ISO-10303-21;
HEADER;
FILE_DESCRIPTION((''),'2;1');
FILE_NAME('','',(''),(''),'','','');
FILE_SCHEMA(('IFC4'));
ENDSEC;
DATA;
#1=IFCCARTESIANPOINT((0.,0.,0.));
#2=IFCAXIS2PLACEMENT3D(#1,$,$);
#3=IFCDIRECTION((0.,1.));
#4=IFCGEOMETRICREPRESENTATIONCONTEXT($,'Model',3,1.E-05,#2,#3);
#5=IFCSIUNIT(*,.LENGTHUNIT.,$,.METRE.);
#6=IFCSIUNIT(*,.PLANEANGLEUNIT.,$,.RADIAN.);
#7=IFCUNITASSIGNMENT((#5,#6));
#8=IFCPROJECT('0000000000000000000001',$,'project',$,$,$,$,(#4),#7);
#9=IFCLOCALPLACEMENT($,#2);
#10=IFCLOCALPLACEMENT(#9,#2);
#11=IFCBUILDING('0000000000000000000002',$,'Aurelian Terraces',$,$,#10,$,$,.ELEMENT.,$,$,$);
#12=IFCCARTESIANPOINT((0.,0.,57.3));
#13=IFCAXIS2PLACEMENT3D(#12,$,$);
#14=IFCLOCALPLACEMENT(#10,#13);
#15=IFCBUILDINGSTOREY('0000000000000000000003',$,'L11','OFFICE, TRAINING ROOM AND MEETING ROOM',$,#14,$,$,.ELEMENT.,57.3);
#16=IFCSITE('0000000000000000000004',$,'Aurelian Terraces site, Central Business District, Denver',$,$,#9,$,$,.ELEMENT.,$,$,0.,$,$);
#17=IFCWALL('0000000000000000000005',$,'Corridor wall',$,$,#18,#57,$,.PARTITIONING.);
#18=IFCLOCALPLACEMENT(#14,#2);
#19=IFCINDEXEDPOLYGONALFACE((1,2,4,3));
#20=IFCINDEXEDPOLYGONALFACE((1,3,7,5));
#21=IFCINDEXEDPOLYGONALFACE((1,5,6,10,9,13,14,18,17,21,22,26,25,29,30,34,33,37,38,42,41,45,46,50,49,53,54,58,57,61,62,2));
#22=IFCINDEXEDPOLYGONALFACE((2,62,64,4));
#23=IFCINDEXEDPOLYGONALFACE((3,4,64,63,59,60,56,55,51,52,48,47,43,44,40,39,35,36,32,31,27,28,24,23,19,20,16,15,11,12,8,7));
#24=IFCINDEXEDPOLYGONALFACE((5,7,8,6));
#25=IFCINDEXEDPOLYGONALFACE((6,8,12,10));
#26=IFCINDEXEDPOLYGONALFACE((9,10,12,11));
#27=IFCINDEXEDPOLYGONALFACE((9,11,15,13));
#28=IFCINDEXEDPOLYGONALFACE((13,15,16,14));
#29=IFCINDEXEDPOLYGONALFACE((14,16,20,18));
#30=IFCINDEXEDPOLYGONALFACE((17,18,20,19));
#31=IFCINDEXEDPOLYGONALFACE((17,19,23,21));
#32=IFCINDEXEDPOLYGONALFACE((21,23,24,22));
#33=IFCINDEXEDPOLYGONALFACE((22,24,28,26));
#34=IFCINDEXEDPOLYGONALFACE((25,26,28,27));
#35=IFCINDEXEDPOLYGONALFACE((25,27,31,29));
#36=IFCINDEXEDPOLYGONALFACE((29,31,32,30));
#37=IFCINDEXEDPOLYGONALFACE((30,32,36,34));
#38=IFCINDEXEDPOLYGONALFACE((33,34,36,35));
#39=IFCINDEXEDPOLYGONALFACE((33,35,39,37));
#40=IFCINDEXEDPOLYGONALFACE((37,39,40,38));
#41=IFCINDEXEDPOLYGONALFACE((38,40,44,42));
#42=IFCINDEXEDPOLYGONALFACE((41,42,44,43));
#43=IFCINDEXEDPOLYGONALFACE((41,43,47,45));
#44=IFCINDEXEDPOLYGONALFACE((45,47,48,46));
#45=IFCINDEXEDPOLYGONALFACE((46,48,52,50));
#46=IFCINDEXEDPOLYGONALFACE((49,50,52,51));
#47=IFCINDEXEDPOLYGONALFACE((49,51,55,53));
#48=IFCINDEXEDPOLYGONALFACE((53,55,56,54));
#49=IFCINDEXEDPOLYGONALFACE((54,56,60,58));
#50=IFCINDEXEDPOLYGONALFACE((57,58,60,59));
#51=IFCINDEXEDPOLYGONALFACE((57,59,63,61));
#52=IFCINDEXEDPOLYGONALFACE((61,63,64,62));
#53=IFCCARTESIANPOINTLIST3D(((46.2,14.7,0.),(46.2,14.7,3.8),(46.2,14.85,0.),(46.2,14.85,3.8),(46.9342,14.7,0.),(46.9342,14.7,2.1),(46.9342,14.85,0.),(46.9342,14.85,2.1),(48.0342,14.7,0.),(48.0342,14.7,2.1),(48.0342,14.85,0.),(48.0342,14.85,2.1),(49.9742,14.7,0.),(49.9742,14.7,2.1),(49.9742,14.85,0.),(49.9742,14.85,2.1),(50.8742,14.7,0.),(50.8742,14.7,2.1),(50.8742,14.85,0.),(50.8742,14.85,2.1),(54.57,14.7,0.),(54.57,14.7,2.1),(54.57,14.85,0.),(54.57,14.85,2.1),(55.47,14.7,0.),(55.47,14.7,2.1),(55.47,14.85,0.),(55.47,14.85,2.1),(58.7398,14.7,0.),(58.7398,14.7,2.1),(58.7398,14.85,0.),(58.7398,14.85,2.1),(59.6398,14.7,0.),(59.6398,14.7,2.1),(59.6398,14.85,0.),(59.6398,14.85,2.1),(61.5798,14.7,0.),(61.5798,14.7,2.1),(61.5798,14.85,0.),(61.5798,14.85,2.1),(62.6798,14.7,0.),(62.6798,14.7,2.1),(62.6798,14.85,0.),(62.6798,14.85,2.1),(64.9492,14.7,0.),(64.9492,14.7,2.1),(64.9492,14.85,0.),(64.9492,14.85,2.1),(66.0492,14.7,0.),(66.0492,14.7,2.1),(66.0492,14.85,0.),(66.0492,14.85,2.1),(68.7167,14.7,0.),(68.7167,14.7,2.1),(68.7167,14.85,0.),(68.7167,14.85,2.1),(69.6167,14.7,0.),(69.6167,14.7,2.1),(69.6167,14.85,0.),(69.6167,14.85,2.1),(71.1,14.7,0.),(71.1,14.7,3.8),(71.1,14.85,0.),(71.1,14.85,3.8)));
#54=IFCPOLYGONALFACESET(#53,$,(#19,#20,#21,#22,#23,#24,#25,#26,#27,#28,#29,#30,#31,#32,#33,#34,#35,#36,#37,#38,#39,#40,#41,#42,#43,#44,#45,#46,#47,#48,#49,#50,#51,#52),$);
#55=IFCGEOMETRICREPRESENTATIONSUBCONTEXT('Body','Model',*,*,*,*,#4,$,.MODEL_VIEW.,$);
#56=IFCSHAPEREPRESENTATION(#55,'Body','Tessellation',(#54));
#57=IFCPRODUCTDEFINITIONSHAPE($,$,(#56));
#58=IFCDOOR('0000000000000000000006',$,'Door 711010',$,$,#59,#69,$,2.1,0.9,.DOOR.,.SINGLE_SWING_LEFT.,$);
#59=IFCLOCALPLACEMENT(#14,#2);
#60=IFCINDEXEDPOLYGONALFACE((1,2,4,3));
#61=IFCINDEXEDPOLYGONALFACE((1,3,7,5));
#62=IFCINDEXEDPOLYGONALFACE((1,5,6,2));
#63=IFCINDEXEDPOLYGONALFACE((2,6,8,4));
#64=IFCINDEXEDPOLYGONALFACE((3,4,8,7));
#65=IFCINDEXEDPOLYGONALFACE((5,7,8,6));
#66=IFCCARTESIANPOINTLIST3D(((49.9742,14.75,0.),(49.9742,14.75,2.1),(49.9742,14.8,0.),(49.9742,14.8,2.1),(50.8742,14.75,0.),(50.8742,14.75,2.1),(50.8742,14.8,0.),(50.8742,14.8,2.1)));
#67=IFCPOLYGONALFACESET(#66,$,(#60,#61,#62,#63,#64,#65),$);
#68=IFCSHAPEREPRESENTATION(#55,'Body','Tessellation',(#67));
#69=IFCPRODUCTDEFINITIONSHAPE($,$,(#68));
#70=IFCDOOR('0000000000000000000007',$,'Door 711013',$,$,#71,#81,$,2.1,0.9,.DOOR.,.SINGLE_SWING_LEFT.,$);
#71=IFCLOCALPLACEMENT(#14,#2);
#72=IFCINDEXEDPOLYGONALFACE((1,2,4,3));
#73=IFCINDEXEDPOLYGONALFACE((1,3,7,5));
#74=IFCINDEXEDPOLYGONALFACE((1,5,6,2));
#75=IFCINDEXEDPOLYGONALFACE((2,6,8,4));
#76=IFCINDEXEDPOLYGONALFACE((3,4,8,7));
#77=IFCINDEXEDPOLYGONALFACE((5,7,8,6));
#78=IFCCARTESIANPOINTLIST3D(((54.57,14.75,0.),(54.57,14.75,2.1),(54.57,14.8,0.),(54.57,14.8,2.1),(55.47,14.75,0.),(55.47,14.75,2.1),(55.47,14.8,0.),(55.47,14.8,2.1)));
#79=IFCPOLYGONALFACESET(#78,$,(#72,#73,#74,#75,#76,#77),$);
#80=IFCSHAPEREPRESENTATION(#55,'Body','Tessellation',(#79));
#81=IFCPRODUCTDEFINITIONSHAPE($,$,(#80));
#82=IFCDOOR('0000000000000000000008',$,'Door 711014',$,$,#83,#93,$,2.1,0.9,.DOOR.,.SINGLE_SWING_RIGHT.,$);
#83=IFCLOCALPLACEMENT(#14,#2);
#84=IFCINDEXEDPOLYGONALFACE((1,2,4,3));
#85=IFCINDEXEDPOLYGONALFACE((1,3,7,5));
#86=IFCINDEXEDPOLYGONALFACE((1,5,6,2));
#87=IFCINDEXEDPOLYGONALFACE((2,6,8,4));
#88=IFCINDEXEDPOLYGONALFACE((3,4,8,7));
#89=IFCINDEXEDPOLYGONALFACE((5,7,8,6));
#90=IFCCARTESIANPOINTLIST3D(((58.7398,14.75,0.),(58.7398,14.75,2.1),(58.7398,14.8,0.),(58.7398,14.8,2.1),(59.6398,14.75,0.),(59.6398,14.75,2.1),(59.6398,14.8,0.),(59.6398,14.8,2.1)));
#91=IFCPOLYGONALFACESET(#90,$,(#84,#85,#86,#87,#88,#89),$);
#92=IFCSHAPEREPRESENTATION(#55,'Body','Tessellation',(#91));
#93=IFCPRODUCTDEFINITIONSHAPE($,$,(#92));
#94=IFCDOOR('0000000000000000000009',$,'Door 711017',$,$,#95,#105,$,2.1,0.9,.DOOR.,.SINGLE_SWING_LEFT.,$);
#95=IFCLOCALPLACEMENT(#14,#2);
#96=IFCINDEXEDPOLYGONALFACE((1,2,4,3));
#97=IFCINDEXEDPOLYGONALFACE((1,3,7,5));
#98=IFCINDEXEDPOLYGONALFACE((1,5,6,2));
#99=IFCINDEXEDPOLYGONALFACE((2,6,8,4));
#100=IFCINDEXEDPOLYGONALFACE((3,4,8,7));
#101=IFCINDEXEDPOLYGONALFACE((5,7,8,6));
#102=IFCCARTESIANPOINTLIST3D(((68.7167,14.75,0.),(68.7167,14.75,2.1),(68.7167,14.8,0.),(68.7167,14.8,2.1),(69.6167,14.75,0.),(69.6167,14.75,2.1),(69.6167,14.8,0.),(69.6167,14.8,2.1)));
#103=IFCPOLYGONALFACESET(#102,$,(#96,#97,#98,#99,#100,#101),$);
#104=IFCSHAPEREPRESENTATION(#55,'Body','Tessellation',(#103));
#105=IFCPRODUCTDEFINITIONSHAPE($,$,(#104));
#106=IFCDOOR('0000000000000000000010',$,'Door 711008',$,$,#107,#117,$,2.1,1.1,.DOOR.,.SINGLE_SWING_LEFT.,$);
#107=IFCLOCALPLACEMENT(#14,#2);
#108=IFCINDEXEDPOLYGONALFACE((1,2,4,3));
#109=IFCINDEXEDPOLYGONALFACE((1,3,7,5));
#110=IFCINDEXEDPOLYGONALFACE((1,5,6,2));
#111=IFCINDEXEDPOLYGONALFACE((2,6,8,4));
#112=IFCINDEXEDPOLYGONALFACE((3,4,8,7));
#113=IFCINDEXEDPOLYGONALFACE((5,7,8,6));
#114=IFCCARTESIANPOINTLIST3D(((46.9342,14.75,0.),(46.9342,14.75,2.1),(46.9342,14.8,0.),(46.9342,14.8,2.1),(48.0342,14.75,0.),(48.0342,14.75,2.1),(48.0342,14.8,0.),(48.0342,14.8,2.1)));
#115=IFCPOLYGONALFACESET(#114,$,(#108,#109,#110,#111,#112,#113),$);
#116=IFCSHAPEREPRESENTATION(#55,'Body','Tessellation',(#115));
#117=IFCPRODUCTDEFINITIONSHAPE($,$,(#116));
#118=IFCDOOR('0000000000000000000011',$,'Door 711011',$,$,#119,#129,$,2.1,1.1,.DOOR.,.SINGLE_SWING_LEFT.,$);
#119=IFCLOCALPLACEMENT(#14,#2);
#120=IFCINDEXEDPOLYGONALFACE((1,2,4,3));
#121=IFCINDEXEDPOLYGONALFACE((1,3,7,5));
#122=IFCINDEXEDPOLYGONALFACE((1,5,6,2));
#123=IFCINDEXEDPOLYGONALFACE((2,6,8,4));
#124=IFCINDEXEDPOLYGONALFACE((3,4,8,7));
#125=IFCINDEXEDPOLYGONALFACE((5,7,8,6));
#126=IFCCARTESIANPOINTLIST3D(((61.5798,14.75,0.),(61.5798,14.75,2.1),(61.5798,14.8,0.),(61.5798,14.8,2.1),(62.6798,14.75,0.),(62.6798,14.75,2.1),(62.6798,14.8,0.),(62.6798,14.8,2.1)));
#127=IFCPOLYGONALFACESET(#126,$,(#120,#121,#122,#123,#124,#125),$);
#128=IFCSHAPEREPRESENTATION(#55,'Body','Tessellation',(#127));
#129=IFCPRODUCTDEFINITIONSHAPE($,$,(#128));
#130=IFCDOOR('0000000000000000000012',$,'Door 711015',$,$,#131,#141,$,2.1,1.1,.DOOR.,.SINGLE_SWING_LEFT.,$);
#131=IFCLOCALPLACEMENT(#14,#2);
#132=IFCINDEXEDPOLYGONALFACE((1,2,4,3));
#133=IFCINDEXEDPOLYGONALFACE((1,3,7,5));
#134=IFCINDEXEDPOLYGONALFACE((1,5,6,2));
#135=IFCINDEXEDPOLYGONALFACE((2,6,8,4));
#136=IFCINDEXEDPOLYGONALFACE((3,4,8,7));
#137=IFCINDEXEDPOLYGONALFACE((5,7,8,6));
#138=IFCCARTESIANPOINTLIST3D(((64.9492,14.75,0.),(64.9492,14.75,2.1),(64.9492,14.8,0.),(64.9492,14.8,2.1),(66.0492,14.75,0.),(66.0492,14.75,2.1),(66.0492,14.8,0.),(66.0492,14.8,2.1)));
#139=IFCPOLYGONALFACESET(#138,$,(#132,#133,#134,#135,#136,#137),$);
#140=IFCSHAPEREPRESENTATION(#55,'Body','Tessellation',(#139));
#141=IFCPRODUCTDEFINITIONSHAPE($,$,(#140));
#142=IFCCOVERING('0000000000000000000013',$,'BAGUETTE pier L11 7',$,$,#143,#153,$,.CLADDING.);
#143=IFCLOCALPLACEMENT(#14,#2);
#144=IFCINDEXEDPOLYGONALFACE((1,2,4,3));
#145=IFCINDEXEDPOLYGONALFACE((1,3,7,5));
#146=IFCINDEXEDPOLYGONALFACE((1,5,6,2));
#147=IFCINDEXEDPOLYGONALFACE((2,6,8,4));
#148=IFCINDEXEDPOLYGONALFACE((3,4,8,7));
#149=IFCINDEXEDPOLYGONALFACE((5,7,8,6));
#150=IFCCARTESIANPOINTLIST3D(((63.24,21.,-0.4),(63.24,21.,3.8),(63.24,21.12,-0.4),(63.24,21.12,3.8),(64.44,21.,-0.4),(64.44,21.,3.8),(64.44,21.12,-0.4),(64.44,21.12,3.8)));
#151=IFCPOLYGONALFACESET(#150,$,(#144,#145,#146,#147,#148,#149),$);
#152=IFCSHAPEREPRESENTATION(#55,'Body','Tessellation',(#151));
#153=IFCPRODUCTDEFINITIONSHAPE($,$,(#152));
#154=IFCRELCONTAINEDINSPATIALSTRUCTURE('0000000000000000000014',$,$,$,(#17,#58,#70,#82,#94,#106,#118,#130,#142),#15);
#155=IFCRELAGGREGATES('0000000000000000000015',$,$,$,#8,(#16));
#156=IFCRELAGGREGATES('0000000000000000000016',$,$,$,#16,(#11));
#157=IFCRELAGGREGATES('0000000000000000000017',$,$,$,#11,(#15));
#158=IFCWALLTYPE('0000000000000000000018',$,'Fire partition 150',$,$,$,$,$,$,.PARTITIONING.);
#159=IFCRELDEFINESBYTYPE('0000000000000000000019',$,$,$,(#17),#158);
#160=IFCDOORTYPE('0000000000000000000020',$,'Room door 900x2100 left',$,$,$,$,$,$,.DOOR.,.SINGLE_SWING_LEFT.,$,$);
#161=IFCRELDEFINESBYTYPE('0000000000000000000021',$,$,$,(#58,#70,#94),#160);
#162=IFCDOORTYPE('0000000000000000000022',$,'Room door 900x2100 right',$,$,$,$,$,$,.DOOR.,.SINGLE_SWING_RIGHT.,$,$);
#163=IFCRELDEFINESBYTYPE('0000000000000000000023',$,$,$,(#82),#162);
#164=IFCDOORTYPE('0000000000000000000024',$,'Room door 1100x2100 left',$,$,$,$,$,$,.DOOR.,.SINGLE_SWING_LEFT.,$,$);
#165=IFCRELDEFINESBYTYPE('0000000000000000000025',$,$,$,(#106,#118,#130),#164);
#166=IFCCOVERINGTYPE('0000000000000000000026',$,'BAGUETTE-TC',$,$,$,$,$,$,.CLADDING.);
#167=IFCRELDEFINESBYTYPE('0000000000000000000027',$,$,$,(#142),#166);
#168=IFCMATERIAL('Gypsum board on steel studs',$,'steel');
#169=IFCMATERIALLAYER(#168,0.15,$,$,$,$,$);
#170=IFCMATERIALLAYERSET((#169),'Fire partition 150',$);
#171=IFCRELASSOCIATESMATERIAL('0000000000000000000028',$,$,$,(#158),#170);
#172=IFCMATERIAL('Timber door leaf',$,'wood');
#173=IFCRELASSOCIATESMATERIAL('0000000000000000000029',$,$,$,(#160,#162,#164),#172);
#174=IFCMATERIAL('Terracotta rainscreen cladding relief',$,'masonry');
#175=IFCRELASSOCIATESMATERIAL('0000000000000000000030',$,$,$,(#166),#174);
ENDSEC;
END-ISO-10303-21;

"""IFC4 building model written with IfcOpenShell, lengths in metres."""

from ifc_helpers import new_model, si_unit, direction, frame, frame_2d, origin, origin_2d, place, context, subcontext, project, spatial, rectangle, extrude, source, transform, mapped, material, layer, layer_set, type_object, element, fill, save


model = new_model("IFC4")

# Units and contexts
model_context = context("Model", 3, precision=1e-05, world=origin(), true_north=direction((0.0, 1.0)))
body_context = subcontext(model_context, "Body", "Model", "MODEL_VIEW")
ifc_project = project(units=[si_unit("LENGTHUNIT", "METRE"), si_unit("PLANEANGLEUNIT", "RADIAN")], contexts=[model_context])

# Site, building, storey
site_placement = place(None, origin())
site = spatial("IfcSite", under=ifc_project, at=site_placement, Name="Aurelian Terraces site, Central Business District, Denver", CompositionType="ELEMENT", RefElevation=0.0)
building_placement = place(site_placement, origin())
building = spatial("IfcBuilding", under=site, at=building_placement, Name="Aurelian Terraces", CompositionType="ELEMENT")
storey_placement = place(building_placement, frame((0.0, 0.0, 57.3)))
storey = spatial("IfcBuildingStorey", under=building, at=storey_placement, Name="L11", Description="OFFICE, TRAINING ROOM AND MEETING ROOM", CompositionType="ELEMENT", Elevation=57.3)

# Shared definitions
ifc_material_1 = material(Name="Gypsum board on steel studs", Category="steel")

# Wall, openings, doors
ifc_layer_1 = layer(ifc_material_1, 0.15)
ifc_layer_set_1 = layer_set([ifc_layer_1], Name="Fire partition 150")
wall_type_1 = type_object("IfcWallType", Name="Fire partition 150", PredefinedType="PARTITIONING", material=ifc_layer_set_1)
shared_shape_1 = source(origin(), body_context, "Body", "SweptSolid", [
    extrude(rectangle(XDim=24.9, YDim=0.15, at=frame_2d((12.45, 0.0))), origin(), (0.0, 0.0, 1.0), 3.8),
])
wall_1_placement = place(storey_placement, frame((71.1, 14.775, 0.0), z_axis=(0.0, 0.0, 1.0), x_axis=(-1.0, 0.0, 0.0)))
wall_1 = element("IfcWall", 1, at=wall_1_placement, inside=storey, type_object=wall_type_1, Name="Corridor wall", PredefinedType="PARTITIONING", context=body_context, shape_type="MappedRepresentation", body=[
    mapped(shared_shape_1, transform((0.0, 0.0, 0.0), scale=1.0)),
])
shared_shape_2 = source(origin(), body_context, "Body", "SweptSolid", [
    extrude(rectangle(XDim=1.1, YDim=2.1, at=frame_2d((0.55, 1.05))), frame((0.0, 0.085, 0.0), z_axis=(0.0, -1.0, 0.0), x_axis=(1.0, 0.0, 0.0)), (0.0, 0.0, 1.0), 0.17),
])
opening_1_placement = place(wall_1_placement, frame((23.0658, 0.0, 0.0)))
opening_1 = element("IfcOpeningElement", 2, at=opening_1_placement, cuts=wall_1, PredefinedType="OPENING", context=body_context, shape_type="MappedRepresentation", body=[
    mapped(shared_shape_2, transform((0.0, 0.0, 0.0), scale=1.0)),
])
shared_shape_3 = source(origin(), body_context, "Body", "SweptSolid", [
    extrude(rectangle(XDim=0.9, YDim=2.1, at=frame_2d((0.45, 1.05))), frame((0.0, 0.085, 0.0), z_axis=(0.0, -1.0, 0.0), x_axis=(1.0, 0.0, 0.0)), (0.0, 0.0, 1.0), 0.17),
])
opening_2_placement = place(wall_1_placement, frame((20.2258, 0.0, 0.0)))
opening_2 = element("IfcOpeningElement", 3, at=opening_2_placement, cuts=wall_1, PredefinedType="OPENING", context=body_context, shape_type="MappedRepresentation", body=[
    mapped(shared_shape_3, transform((0.0, 0.0, 0.0), scale=1.0)),
])
opening_3_placement = place(wall_1_placement, frame((8.4202, 0.0, 0.0)))
opening_3 = element("IfcOpeningElement", 4, at=opening_3_placement, cuts=wall_1, PredefinedType="OPENING", context=body_context, shape_type="MappedRepresentation", body=[
    mapped(shared_shape_2, transform((0.0, 0.0, 0.0), scale=1.0)),
])
opening_4_placement = place(wall_1_placement, frame((15.63, 0.0, 0.0)))
opening_4 = element("IfcOpeningElement", 5, at=opening_4_placement, cuts=wall_1, PredefinedType="OPENING", context=body_context, shape_type="MappedRepresentation", body=[
    mapped(shared_shape_3, transform((0.0, 0.0, 0.0), scale=1.0)),
])
opening_5_placement = place(wall_1_placement, frame((11.4602, 0.0, 0.0)))
opening_5 = element("IfcOpeningElement", 6, at=opening_5_placement, cuts=wall_1, PredefinedType="OPENING", context=body_context, shape_type="MappedRepresentation", body=[
    mapped(shared_shape_3, transform((0.0, 0.0, 0.0), scale=1.0)),
])
opening_6_placement = place(wall_1_placement, frame((5.0508, 0.0, 0.0)))
opening_6 = element("IfcOpeningElement", 7, at=opening_6_placement, cuts=wall_1, PredefinedType="OPENING", context=body_context, shape_type="MappedRepresentation", body=[
    mapped(shared_shape_2, transform((0.0, 0.0, 0.0), scale=1.0)),
])
opening_7_placement = place(wall_1_placement, frame((1.4833, 0.0, 0.0)))
opening_7 = element("IfcOpeningElement", 8, at=opening_7_placement, cuts=wall_1, PredefinedType="OPENING", context=body_context, shape_type="MappedRepresentation", body=[
    mapped(shared_shape_3, transform((0.0, 0.0, 0.0), scale=1.0)),
])
ifc_material_2 = material(Name="Timber door leaf", Category="wood")
door_type_1 = type_object("IfcDoorType", Name="Room door 900x2100 left", OperationType="SINGLE_SWING_LEFT", PredefinedType="DOOR", material=ifc_material_2)
shared_shape_4 = source(origin(), body_context, "Body", "SweptSolid", [
    extrude(rectangle(XDim=0.9, YDim=2.1, at=frame_2d((0.45, 1.05))), frame((0.0, 0.025, 0.0), z_axis=(0.0, -1.0, 0.0), x_axis=(1.0, 0.0, 0.0)), (0.0, 0.0, 1.0), 0.05),
])
door_1_placement = place(opening_2_placement, origin())
door_1 = element("IfcDoor", 9, at=door_1_placement, inside=storey, type_object=door_type_1, Name="Door 711010", OperationType="SINGLE_SWING_LEFT", OverallHeight=2.1, OverallWidth=0.9, PredefinedType="DOOR", context=body_context, shape_type="MappedRepresentation", body=[
    mapped(shared_shape_4, transform((0.0, 0.0, 0.0), scale=1.0)),
])
fill(opening_2, door_1)
door_2_placement = place(opening_4_placement, origin())
door_2 = element("IfcDoor", 10, at=door_2_placement, inside=storey, type_object=door_type_1, Name="Door 711013", OperationType="SINGLE_SWING_LEFT", OverallHeight=2.1, OverallWidth=0.9, PredefinedType="DOOR", context=body_context, shape_type="MappedRepresentation", body=[
    mapped(shared_shape_4, transform((0.0, 0.0, 0.0), scale=1.0)),
])
fill(opening_4, door_2)
door_type_2 = type_object("IfcDoorType", Name="Room door 900x2100 right", OperationType="SINGLE_SWING_RIGHT", PredefinedType="DOOR", material=ifc_material_2)
door_3_placement = place(opening_5_placement, origin())
door_3 = element("IfcDoor", 11, at=door_3_placement, inside=storey, type_object=door_type_2, Name="Door 711014", OperationType="SINGLE_SWING_RIGHT", OverallHeight=2.1, OverallWidth=0.9, PredefinedType="DOOR", context=body_context, shape_type="MappedRepresentation", body=[
    mapped(shared_shape_4, transform((0.0, 0.0, 0.0), scale=1.0)),
])
fill(opening_5, door_3)
door_4_placement = place(opening_7_placement, origin())
door_4 = element("IfcDoor", 12, at=door_4_placement, inside=storey, type_object=door_type_1, Name="Door 711017", OperationType="SINGLE_SWING_LEFT", OverallHeight=2.1, OverallWidth=0.9, PredefinedType="DOOR", context=body_context, shape_type="MappedRepresentation", body=[
    mapped(shared_shape_4, transform((0.0, 0.0, 0.0), scale=1.0)),
])
fill(opening_7, door_4)
door_type_3 = type_object("IfcDoorType", Name="Room door 1100x2100 left", OperationType="SINGLE_SWING_LEFT", PredefinedType="DOOR", material=ifc_material_2)
shared_shape_5 = source(origin(), body_context, "Body", "SweptSolid", [
    extrude(rectangle(XDim=1.1, YDim=2.1, at=frame_2d((0.55, 1.05))), frame((0.0, 0.025, 0.0), z_axis=(0.0, -1.0, 0.0), x_axis=(1.0, 0.0, 0.0)), (0.0, 0.0, 1.0), 0.05),
])
door_5_placement = place(opening_1_placement, origin())
door_5 = element("IfcDoor", 13, at=door_5_placement, inside=storey, type_object=door_type_3, Name="Door 711008", OperationType="SINGLE_SWING_LEFT", OverallHeight=2.1, OverallWidth=1.1, PredefinedType="DOOR", context=body_context, shape_type="MappedRepresentation", body=[
    mapped(shared_shape_5, transform((0.0, 0.0, 0.0), scale=1.0)),
])
fill(opening_1, door_5)
door_6_placement = place(opening_3_placement, origin())
door_6 = element("IfcDoor", 14, at=door_6_placement, inside=storey, type_object=door_type_3, Name="Door 711011", OperationType="SINGLE_SWING_LEFT", OverallHeight=2.1, OverallWidth=1.1, PredefinedType="DOOR", context=body_context, shape_type="MappedRepresentation", body=[
    mapped(shared_shape_5, transform((0.0, 0.0, 0.0), scale=1.0)),
])
fill(opening_3, door_6)
door_7_placement = place(opening_6_placement, origin())
door_7 = element("IfcDoor", 15, at=door_7_placement, inside=storey, type_object=door_type_3, Name="Door 711015", OperationType="SINGLE_SWING_LEFT", OverallHeight=2.1, OverallWidth=1.1, PredefinedType="DOOR", context=body_context, shape_type="MappedRepresentation", body=[
    mapped(shared_shape_5, transform((0.0, 0.0, 0.0), scale=1.0)),
])
fill(opening_6, door_7)

# Covering
ifc_material_3 = material(Name="Terracotta rainscreen cladding relief", Category="masonry")
covering_type = type_object("IfcCoveringType", Name="BAGUETTE-TC", PredefinedType="CLADDING", material=ifc_material_3)
shared_shape_6 = source(origin(), body_context, "Body", "SweptSolid", [
    extrude(rectangle(XDim=1.2, YDim=0.12, at=origin_2d()), origin(), (0.0, 0.0, 1.0), 4.2),
])
covering_placement = place(storey_placement, frame((63.84, 21.06, -0.4), z_axis=(0.0, 0.0, 1.0), x_axis=(1.0, 0.0, 0.0)))
element("IfcCovering", 16, at=covering_placement, inside=storey, type_object=covering_type, Name="BAGUETTE pier L11 7", PredefinedType="CLADDING", context=body_context, shape_type="MappedRepresentation", body=[
    mapped(shared_shape_6, transform((0.0, 0.0, 0.0), scale=1.0)),
])

save(model, "model.ifc")
